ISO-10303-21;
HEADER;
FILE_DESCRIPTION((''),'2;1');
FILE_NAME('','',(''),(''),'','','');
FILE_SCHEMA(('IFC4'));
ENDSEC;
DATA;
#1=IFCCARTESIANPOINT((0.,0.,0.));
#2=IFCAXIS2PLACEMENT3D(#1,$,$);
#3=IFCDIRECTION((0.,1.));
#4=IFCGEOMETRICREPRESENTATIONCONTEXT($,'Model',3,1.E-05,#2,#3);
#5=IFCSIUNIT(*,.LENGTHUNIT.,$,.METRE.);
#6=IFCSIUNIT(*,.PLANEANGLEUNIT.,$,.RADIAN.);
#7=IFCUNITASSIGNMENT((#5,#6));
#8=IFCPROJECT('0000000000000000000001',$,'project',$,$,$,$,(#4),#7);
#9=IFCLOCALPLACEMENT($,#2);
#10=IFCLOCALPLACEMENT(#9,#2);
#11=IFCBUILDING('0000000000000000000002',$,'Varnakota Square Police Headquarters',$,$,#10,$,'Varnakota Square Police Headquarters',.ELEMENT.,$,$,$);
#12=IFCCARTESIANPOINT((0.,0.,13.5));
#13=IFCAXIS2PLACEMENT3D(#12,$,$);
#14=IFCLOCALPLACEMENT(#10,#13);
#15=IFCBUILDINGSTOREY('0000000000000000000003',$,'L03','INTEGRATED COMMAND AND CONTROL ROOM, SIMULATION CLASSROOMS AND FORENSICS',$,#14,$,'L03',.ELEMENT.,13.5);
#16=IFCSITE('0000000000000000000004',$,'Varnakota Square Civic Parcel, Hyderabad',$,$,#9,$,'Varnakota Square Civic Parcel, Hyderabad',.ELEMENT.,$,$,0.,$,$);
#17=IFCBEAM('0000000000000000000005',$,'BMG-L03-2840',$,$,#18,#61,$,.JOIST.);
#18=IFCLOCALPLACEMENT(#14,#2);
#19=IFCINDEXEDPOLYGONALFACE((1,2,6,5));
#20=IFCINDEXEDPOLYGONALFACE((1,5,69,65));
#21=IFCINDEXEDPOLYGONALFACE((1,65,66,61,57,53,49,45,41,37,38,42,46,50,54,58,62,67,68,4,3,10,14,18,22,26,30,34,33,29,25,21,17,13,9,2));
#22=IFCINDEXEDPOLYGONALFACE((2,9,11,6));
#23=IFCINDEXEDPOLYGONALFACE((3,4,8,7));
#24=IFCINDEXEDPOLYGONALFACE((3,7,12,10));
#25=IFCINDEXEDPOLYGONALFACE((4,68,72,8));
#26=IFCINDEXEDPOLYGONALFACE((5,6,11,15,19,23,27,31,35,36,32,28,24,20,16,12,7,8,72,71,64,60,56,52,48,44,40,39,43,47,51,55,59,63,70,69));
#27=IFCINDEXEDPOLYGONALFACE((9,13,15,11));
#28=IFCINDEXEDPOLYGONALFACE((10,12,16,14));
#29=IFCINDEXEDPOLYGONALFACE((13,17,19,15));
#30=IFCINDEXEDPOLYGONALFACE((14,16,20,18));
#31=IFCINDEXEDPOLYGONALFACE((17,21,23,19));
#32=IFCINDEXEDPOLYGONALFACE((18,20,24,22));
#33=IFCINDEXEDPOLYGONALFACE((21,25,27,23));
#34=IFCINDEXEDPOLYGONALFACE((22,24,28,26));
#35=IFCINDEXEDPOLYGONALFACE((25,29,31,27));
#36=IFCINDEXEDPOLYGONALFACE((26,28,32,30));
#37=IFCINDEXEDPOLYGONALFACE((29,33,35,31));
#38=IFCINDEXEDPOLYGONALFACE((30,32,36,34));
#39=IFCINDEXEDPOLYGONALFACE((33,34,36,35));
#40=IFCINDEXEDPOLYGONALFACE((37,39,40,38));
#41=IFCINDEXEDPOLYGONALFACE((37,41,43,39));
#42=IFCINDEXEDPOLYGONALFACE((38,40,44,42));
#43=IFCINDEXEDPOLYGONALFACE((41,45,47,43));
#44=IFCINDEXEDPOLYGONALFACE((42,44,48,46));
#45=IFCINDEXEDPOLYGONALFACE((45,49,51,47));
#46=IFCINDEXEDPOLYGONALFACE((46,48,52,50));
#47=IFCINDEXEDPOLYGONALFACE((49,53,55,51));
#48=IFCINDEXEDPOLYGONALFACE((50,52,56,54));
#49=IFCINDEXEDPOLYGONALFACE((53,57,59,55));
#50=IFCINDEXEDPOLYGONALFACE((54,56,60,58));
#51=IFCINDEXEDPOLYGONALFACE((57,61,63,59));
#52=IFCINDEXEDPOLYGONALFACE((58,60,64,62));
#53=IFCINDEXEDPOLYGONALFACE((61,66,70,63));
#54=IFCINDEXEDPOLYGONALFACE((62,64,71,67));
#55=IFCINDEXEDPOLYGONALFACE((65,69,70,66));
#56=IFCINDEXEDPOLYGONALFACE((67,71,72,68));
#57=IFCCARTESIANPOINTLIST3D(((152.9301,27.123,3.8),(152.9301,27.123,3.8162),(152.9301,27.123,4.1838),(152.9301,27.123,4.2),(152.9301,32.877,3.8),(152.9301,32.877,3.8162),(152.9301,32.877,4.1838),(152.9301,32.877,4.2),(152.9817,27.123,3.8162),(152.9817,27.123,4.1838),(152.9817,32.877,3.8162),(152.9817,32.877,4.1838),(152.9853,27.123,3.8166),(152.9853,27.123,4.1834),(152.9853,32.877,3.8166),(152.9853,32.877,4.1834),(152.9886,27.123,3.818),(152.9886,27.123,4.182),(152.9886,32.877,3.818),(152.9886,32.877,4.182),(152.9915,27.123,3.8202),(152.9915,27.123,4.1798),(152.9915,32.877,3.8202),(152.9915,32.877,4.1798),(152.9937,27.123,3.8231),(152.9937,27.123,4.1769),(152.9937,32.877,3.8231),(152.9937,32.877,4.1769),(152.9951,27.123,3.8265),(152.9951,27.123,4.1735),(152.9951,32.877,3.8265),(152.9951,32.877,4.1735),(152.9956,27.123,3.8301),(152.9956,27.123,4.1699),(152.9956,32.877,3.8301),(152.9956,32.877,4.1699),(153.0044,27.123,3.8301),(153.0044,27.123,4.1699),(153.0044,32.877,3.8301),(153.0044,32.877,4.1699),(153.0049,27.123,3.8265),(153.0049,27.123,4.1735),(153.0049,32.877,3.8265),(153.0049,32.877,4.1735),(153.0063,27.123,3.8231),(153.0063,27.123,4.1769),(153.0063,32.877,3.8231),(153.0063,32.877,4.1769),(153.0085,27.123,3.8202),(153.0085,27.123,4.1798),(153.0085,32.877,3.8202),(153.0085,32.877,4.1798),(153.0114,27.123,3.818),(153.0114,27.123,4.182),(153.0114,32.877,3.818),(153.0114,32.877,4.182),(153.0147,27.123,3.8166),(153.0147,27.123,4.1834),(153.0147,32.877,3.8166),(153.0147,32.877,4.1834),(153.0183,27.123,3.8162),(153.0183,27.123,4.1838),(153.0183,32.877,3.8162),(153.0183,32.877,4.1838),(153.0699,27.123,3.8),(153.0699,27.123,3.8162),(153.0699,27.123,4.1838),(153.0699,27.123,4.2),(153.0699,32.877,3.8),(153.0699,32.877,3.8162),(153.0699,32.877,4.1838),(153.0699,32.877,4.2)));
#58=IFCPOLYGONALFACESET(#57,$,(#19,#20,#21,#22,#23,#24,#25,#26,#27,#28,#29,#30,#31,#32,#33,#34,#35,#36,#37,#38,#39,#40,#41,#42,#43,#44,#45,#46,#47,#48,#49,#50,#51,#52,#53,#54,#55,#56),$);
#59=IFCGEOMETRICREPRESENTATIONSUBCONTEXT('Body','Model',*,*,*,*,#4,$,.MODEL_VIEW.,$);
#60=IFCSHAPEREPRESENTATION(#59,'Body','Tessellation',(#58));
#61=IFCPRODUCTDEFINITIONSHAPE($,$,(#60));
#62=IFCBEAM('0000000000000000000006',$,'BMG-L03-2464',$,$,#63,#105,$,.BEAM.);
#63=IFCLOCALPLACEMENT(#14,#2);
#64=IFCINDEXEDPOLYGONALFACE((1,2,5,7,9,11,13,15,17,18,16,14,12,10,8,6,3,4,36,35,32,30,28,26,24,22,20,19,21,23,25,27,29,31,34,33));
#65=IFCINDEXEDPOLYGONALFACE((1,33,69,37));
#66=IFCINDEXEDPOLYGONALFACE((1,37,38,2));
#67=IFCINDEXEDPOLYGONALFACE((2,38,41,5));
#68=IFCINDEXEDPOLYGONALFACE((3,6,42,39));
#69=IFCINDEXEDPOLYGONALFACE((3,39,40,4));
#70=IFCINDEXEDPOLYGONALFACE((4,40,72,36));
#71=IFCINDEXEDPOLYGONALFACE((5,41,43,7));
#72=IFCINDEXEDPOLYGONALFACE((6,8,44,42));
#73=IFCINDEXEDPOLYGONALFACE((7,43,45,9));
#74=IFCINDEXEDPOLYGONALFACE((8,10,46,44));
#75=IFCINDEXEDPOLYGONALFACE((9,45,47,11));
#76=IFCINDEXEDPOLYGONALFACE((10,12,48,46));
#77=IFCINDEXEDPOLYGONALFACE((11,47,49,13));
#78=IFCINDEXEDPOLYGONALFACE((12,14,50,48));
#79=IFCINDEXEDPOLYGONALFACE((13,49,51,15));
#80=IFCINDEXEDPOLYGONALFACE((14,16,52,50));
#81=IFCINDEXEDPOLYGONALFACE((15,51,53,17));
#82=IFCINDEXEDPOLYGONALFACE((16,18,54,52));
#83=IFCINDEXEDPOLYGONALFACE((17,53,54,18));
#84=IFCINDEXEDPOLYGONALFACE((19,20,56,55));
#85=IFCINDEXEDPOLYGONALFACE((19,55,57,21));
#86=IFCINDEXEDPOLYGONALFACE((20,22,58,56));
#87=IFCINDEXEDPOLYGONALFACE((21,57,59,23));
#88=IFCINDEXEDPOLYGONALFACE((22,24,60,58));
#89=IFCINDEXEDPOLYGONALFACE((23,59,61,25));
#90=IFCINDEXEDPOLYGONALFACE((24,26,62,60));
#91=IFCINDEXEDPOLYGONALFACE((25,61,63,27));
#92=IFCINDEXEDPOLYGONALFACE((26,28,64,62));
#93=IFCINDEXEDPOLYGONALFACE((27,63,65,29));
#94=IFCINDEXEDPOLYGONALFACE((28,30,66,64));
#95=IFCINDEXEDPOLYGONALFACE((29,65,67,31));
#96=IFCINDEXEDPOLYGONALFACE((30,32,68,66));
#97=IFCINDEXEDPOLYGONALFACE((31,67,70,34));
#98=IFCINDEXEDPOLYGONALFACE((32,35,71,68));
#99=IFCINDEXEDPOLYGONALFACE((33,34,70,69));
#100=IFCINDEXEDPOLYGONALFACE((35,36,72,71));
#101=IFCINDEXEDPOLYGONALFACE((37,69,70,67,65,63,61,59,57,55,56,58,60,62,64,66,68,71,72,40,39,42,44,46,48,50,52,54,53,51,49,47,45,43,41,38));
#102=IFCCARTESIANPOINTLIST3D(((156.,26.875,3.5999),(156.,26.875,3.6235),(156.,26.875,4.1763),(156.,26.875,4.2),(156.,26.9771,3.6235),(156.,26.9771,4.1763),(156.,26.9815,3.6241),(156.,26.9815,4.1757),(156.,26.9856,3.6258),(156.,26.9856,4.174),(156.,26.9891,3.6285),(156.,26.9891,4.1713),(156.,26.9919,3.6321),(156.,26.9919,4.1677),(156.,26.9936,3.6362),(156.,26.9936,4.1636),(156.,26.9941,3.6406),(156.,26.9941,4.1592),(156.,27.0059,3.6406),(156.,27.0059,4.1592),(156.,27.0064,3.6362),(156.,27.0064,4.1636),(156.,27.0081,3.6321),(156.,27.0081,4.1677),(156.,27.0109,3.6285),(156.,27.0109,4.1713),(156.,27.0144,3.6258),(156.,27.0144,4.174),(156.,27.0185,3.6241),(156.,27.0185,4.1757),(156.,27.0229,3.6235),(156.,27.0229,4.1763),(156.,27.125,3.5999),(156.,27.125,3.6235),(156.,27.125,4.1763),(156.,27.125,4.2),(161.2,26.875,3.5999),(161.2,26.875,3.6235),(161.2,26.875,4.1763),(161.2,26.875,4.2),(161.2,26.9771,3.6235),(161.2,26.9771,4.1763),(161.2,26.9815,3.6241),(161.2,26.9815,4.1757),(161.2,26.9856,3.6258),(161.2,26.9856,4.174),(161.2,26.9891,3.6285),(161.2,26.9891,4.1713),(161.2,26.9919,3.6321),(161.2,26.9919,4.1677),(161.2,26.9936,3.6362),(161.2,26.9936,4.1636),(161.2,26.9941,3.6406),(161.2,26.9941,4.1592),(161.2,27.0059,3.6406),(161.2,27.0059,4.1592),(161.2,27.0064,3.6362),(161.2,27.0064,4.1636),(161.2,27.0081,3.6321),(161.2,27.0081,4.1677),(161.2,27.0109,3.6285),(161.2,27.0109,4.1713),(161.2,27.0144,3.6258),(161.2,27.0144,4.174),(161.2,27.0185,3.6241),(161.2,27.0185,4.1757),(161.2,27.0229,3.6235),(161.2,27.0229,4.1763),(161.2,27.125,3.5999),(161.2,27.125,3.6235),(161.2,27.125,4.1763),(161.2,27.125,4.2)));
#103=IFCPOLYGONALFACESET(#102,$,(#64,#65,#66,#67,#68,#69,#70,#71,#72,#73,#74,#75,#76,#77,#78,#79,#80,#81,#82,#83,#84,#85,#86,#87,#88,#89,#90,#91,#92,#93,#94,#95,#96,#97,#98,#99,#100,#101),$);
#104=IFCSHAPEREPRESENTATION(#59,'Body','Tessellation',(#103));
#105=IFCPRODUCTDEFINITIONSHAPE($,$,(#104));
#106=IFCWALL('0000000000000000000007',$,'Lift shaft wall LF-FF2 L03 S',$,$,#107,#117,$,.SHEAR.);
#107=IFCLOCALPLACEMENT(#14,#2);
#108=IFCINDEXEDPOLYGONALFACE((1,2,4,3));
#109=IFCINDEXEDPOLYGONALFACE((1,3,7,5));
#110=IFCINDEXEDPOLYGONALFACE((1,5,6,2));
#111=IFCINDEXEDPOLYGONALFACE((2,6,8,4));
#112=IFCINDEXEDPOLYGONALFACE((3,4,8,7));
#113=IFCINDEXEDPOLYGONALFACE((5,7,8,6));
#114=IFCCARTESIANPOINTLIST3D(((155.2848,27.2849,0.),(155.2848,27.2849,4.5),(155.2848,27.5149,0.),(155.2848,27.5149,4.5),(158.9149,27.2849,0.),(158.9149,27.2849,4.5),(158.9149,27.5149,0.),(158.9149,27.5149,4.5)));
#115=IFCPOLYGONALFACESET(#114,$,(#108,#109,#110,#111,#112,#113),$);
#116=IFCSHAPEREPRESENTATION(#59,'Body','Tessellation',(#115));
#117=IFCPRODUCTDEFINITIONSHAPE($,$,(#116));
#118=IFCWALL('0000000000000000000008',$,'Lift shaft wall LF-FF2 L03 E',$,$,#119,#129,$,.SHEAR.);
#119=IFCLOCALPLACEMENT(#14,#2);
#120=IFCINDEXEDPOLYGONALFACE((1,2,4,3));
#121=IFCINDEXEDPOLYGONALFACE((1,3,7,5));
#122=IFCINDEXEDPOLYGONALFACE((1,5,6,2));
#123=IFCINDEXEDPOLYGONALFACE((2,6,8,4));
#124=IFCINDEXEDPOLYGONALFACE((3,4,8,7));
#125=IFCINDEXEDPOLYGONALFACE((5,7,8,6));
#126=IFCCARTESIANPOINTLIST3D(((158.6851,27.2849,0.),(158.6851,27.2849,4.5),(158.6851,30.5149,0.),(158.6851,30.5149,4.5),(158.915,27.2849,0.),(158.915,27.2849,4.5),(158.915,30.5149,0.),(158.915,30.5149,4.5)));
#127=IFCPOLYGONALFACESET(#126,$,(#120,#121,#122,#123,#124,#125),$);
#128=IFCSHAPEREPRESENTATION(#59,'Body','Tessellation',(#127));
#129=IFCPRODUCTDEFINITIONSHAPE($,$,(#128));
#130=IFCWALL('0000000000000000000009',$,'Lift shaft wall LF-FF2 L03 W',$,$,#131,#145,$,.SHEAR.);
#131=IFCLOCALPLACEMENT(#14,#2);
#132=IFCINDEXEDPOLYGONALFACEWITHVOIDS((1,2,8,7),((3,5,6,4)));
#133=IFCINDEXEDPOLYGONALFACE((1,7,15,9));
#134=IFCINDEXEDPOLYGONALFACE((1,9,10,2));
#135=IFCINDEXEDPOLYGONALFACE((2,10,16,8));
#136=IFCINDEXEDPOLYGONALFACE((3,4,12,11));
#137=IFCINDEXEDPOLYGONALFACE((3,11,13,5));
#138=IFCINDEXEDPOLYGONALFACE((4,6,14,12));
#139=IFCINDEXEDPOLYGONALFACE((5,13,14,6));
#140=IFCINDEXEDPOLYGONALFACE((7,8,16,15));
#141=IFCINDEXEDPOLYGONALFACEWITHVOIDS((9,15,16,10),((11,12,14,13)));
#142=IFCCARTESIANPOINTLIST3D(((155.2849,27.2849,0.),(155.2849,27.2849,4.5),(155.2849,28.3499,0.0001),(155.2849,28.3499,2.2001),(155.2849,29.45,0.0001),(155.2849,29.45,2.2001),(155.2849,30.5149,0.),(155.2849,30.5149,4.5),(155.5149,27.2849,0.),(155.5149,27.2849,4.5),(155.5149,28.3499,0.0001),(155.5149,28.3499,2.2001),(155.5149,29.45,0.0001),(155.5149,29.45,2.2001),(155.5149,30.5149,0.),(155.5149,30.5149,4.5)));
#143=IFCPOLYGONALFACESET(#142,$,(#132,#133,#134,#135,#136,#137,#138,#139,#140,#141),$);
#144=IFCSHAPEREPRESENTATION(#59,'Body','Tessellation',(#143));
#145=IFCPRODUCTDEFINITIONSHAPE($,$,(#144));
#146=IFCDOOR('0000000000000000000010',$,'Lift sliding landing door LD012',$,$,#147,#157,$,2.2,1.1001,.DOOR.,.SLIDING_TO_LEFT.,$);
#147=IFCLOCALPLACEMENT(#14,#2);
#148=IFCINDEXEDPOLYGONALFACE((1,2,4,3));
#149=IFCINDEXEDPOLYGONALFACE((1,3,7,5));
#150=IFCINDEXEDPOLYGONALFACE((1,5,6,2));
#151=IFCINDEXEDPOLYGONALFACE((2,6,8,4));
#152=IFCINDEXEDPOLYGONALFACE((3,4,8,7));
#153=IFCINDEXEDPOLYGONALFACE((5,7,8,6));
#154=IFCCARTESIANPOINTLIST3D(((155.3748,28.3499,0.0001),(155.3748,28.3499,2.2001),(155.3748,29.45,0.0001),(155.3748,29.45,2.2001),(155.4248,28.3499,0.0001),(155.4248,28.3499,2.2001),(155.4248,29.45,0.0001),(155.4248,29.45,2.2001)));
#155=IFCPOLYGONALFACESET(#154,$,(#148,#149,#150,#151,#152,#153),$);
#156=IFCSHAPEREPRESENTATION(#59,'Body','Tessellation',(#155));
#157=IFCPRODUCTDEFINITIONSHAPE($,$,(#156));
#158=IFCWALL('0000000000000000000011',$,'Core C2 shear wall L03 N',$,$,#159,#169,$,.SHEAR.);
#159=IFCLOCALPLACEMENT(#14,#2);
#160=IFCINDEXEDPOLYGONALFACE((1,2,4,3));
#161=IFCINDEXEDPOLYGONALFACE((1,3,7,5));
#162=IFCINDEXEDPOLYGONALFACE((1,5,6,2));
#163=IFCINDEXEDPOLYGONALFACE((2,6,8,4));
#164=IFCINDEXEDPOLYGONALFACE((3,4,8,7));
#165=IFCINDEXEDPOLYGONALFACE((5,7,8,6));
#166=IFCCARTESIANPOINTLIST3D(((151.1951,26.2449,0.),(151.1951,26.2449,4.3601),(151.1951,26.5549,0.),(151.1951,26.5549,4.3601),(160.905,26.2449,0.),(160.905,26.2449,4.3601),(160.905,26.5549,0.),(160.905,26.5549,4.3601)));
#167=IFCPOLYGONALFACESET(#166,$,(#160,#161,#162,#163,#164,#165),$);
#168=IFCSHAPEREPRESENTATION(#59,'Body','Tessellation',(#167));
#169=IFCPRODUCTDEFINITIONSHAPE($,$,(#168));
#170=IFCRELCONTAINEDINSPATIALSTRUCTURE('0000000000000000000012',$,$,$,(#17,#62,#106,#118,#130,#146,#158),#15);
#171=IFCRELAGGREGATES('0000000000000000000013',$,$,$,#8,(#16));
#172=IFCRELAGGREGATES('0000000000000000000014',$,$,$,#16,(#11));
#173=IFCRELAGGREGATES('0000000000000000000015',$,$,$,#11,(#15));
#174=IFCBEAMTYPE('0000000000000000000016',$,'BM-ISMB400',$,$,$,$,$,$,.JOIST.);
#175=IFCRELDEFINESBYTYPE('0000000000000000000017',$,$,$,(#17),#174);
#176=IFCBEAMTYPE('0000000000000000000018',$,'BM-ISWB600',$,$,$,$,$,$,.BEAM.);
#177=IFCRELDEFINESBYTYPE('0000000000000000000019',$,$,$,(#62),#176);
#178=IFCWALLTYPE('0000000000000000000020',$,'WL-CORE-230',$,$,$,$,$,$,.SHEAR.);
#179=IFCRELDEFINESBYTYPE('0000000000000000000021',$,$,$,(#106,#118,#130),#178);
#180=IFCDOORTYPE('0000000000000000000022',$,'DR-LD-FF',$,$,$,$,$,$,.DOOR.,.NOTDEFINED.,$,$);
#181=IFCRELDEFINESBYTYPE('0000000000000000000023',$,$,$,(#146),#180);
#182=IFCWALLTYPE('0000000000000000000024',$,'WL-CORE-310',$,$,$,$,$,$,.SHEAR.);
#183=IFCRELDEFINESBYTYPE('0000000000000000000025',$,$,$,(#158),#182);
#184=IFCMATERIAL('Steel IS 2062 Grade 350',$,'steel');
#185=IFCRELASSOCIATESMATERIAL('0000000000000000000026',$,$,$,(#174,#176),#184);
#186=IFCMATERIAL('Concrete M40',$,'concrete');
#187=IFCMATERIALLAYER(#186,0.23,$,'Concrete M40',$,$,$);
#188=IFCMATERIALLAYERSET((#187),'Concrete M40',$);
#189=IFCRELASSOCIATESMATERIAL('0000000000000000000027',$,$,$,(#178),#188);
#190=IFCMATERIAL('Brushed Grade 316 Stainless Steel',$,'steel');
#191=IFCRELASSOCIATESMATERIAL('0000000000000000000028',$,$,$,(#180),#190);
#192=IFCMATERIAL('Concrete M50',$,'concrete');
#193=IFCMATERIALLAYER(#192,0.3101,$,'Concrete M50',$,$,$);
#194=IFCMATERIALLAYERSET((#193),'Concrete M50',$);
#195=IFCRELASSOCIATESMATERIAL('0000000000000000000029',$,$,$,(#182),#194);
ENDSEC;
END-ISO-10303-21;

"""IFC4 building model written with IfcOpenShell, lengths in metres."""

from ifc_helpers import new_model, si_unit, direction, frame, frame_2d, origin, origin_2d, place, context, subcontext, project, spatial, rectangle, i_section, extrude, material, layer, layer_set, material_profile, profile_set, type_object, element, fill, save


model = new_model("IFC4")

# Units and contexts
model_context = context("Model", 3, precision=1e-05, world=origin(), true_north=direction((0.0, 1.0)))
body_context = subcontext(model_context, "Body", "Model", "MODEL_VIEW")
ifc_project = project(units=[si_unit("LENGTHUNIT", "METRE"), si_unit("PLANEANGLEUNIT", "RADIAN")], contexts=[model_context])

# Site, building, storey
site_placement = place(None, origin())
site = spatial("IfcSite", under=ifc_project, at=site_placement, Name="Varnakota Square Civic Parcel, Hyderabad", LongName="Varnakota Square Civic Parcel, Hyderabad", CompositionType="ELEMENT", RefElevation=0.0)
building_placement = place(site_placement, origin())
building = spatial("IfcBuilding", under=site, at=building_placement, Name="Varnakota Square Police Headquarters", LongName="Varnakota Square Police Headquarters", CompositionType="ELEMENT")
storey_placement = place(building_placement, frame((0.0, 0.0, 13.5)))
storey = spatial("IfcBuildingStorey", under=building, at=storey_placement, Name="L03", Description="INTEGRATED COMMAND AND CONTROL ROOM, SIMULATION CLASSROOMS AND FORENSICS", LongName="L03", CompositionType="ELEMENT", Elevation=13.5)

# Shared definitions
ifc_material_1 = material(Name="Steel IS 2062 Grade 350", Category="steel")

# Beams
ifc_material_profile_1 = material_profile(ifc_material_1, i_section(OverallWidth=0.1399, OverallDepth=0.3999, WebThickness=0.0088, FlangeThickness=0.0161, FilletRadius=0.0139, at=origin_2d()), Name="ISMB 400")
ifc_profile_set_1 = profile_set([ifc_material_profile_1], Name="Steel IS 2062 Grade 350")
beam_type_1 = type_object("IfcBeamType", Name="BM-ISMB400", PredefinedType="JOIST", material=ifc_profile_set_1)
beam_1_placement = place(storey_placement, frame((153.0, 27.123, 4.0), z_axis=(0.0, 1.0, 0.0), x_axis=(-1.0, 0.0, 0.0)))
element("IfcBeam", 1, at=beam_1_placement, inside=storey, type_object=beam_type_1, Name="BMG-L03-2840", PredefinedType="JOIST", context=body_context, shape_type="SweptSolid", body=[
    extrude(i_section(OverallWidth=0.1399, OverallDepth=0.3999, WebThickness=0.0088, FlangeThickness=0.0161, FilletRadius=0.0139, at=origin_2d()), origin(), (0.0, 0.0, 1.0), 5.7539),
])
ifc_material_profile_2 = material_profile(ifc_material_1, i_section(OverallWidth=0.25, OverallDepth=0.6001, WebThickness=0.0117, FlangeThickness=0.0237, FilletRadius=0.0171, at=origin_2d()), Name="ISWB 600")
ifc_profile_set_2 = profile_set([ifc_material_profile_2], Name="Steel IS 2062 Grade 350")
beam_type_2 = type_object("IfcBeamType", Name="BM-ISWB600", PredefinedType="BEAM", material=ifc_profile_set_2)
beam_2_placement = place(storey_placement, frame((156.0, 27.0, 3.8999), z_axis=(1.0, 0.0, 0.0), x_axis=(0.0, 1.0, 0.0)))
element("IfcBeam", 2, at=beam_2_placement, inside=storey, type_object=beam_type_2, Name="BMG-L03-2464", PredefinedType="BEAM", context=body_context, shape_type="SweptSolid", body=[
    extrude(i_section(OverallWidth=0.25, OverallDepth=0.6001, WebThickness=0.0117, FlangeThickness=0.0237, FilletRadius=0.0171, at=origin_2d()), origin(), (0.0, 0.0, 1.0), 5.2),
])

# Walls
ifc_material_2 = material(Name="Concrete M40", Category="concrete")
ifc_layer_1 = layer(ifc_material_2, 0.23, Name="Concrete M40")
ifc_layer_set_1 = layer_set([ifc_layer_1], Name="Concrete M40")
wall_type_1 = type_object("IfcWallType", Name="WL-CORE-230", PredefinedType="SHEAR", material=ifc_layer_set_1)
wall_1_placement = place(storey_placement, frame((155.2849, 27.3999, 0.0), z_axis=(0.0, 0.0, 1.0), x_axis=(1.0, 0.0, 0.0)))
element("IfcWall", 3, at=wall_1_placement, inside=storey, type_object=wall_type_1, Name="Lift shaft wall LF-FF2 L03 S", PredefinedType="SHEAR", context=body_context, shape_type="SweptSolid", body=[
    extrude(rectangle(XDim=3.6301, YDim=0.23, at=frame_2d((1.8149, 0.0))), origin(), (0.0, 0.0, 1.0), 4.5),
])
wall_2_placement = place(storey_placement, frame((158.8, 27.2849, 0.0), z_axis=(0.0, 0.0, 1.0), x_axis=(0.0, 1.0, 0.0)))
element("IfcWall", 4, at=wall_2_placement, inside=storey, type_object=wall_type_1, Name="Lift shaft wall LF-FF2 L03 E", PredefinedType="SHEAR", context=body_context, shape_type="SweptSolid", body=[
    extrude(rectangle(XDim=3.23, YDim=0.23, at=frame_2d((1.615, 0.0))), origin(), (0.0, 0.0, 1.0), 4.5),
])

# Wall, opening, door
wall_3_placement = place(storey_placement, frame((155.3999, 30.5149, 0.0), z_axis=(0.0, 0.0, 1.0), x_axis=(0.0, -1.0, 0.0)))
wall_3 = element("IfcWall", 5, at=wall_3_placement, inside=storey, type_object=wall_type_1, Name="Lift shaft wall LF-FF2 L03 W", PredefinedType="SHEAR", context=body_context, shape_type="SweptSolid", body=[
    extrude(rectangle(XDim=3.23, YDim=0.23, at=frame_2d((1.615, 0.0))), origin(), (0.0, 0.0, 1.0), 4.5),
])
opening_1_placement = place(wall_3_placement, frame((1.0649, 0.0, 0.0)))
opening_1 = element("IfcOpeningElement", 6, at=opening_1_placement, cuts=wall_3, PredefinedType="OPENING", context=body_context, shape_type="SweptSolid", body=[
    extrude(rectangle(XDim=1.1001, YDim=2.2, at=frame_2d((0.55, 1.1001))), frame((0.0, 0.125, 0.0), z_axis=(0.0, -1.0, 0.0), x_axis=(1.0, 0.0, 0.0)), (0.0, 0.0, 1.0), 0.25),
])
ifc_material_3 = material(Name="Brushed Grade 316 Stainless Steel", Category="steel")
door_type_1 = type_object("IfcDoorType", Name="DR-LD-FF", OperationType="NOTDEFINED", PredefinedType="DOOR", material=ifc_material_3)
door_1_placement = place(opening_1_placement, origin())
door_1 = element("IfcDoor", 7, at=door_1_placement, inside=storey, type_object=door_type_1, Name="Lift sliding landing door LD012", OperationType="SLIDING_TO_LEFT", OverallHeight=2.2, OverallWidth=1.1001, PredefinedType="DOOR", context=body_context, shape_type="SweptSolid", body=[
    extrude(rectangle(XDim=1.1001, YDim=2.2, at=frame_2d((0.55, 1.1001))), frame((0.0, 0.0249, 0.0), z_axis=(0.0, -1.0, 0.0), x_axis=(1.0, 0.0, 0.0)), (0.0, 0.0, 1.0), 0.05),
])
fill(opening_1, door_1)

# Wall
ifc_material_4 = material(Name="Concrete M50", Category="concrete")
ifc_layer_2 = layer(ifc_material_4, 0.3101, Name="Concrete M50")
ifc_layer_set_2 = layer_set([ifc_layer_2], Name="Concrete M50")
wall_type_2 = type_object("IfcWallType", Name="WL-CORE-310", PredefinedType="SHEAR", material=ifc_layer_set_2)
wall_4_placement = place(storey_placement, frame((160.905, 26.3999, 0.0), z_axis=(0.0, 0.0, 1.0), x_axis=(-1.0, 0.0, 0.0)))
element("IfcWall", 8, at=wall_4_placement, inside=storey, type_object=wall_type_2, Name="Core C2 shear wall L03 N", PredefinedType="SHEAR", context=body_context, shape_type="SweptSolid", body=[
    extrude(rectangle(XDim=9.71, YDim=0.3101, at=frame_2d((4.855, 0.0))), origin(), (0.0, 0.0, 1.0), 4.3601),
])

save(model, "model.ifc")
